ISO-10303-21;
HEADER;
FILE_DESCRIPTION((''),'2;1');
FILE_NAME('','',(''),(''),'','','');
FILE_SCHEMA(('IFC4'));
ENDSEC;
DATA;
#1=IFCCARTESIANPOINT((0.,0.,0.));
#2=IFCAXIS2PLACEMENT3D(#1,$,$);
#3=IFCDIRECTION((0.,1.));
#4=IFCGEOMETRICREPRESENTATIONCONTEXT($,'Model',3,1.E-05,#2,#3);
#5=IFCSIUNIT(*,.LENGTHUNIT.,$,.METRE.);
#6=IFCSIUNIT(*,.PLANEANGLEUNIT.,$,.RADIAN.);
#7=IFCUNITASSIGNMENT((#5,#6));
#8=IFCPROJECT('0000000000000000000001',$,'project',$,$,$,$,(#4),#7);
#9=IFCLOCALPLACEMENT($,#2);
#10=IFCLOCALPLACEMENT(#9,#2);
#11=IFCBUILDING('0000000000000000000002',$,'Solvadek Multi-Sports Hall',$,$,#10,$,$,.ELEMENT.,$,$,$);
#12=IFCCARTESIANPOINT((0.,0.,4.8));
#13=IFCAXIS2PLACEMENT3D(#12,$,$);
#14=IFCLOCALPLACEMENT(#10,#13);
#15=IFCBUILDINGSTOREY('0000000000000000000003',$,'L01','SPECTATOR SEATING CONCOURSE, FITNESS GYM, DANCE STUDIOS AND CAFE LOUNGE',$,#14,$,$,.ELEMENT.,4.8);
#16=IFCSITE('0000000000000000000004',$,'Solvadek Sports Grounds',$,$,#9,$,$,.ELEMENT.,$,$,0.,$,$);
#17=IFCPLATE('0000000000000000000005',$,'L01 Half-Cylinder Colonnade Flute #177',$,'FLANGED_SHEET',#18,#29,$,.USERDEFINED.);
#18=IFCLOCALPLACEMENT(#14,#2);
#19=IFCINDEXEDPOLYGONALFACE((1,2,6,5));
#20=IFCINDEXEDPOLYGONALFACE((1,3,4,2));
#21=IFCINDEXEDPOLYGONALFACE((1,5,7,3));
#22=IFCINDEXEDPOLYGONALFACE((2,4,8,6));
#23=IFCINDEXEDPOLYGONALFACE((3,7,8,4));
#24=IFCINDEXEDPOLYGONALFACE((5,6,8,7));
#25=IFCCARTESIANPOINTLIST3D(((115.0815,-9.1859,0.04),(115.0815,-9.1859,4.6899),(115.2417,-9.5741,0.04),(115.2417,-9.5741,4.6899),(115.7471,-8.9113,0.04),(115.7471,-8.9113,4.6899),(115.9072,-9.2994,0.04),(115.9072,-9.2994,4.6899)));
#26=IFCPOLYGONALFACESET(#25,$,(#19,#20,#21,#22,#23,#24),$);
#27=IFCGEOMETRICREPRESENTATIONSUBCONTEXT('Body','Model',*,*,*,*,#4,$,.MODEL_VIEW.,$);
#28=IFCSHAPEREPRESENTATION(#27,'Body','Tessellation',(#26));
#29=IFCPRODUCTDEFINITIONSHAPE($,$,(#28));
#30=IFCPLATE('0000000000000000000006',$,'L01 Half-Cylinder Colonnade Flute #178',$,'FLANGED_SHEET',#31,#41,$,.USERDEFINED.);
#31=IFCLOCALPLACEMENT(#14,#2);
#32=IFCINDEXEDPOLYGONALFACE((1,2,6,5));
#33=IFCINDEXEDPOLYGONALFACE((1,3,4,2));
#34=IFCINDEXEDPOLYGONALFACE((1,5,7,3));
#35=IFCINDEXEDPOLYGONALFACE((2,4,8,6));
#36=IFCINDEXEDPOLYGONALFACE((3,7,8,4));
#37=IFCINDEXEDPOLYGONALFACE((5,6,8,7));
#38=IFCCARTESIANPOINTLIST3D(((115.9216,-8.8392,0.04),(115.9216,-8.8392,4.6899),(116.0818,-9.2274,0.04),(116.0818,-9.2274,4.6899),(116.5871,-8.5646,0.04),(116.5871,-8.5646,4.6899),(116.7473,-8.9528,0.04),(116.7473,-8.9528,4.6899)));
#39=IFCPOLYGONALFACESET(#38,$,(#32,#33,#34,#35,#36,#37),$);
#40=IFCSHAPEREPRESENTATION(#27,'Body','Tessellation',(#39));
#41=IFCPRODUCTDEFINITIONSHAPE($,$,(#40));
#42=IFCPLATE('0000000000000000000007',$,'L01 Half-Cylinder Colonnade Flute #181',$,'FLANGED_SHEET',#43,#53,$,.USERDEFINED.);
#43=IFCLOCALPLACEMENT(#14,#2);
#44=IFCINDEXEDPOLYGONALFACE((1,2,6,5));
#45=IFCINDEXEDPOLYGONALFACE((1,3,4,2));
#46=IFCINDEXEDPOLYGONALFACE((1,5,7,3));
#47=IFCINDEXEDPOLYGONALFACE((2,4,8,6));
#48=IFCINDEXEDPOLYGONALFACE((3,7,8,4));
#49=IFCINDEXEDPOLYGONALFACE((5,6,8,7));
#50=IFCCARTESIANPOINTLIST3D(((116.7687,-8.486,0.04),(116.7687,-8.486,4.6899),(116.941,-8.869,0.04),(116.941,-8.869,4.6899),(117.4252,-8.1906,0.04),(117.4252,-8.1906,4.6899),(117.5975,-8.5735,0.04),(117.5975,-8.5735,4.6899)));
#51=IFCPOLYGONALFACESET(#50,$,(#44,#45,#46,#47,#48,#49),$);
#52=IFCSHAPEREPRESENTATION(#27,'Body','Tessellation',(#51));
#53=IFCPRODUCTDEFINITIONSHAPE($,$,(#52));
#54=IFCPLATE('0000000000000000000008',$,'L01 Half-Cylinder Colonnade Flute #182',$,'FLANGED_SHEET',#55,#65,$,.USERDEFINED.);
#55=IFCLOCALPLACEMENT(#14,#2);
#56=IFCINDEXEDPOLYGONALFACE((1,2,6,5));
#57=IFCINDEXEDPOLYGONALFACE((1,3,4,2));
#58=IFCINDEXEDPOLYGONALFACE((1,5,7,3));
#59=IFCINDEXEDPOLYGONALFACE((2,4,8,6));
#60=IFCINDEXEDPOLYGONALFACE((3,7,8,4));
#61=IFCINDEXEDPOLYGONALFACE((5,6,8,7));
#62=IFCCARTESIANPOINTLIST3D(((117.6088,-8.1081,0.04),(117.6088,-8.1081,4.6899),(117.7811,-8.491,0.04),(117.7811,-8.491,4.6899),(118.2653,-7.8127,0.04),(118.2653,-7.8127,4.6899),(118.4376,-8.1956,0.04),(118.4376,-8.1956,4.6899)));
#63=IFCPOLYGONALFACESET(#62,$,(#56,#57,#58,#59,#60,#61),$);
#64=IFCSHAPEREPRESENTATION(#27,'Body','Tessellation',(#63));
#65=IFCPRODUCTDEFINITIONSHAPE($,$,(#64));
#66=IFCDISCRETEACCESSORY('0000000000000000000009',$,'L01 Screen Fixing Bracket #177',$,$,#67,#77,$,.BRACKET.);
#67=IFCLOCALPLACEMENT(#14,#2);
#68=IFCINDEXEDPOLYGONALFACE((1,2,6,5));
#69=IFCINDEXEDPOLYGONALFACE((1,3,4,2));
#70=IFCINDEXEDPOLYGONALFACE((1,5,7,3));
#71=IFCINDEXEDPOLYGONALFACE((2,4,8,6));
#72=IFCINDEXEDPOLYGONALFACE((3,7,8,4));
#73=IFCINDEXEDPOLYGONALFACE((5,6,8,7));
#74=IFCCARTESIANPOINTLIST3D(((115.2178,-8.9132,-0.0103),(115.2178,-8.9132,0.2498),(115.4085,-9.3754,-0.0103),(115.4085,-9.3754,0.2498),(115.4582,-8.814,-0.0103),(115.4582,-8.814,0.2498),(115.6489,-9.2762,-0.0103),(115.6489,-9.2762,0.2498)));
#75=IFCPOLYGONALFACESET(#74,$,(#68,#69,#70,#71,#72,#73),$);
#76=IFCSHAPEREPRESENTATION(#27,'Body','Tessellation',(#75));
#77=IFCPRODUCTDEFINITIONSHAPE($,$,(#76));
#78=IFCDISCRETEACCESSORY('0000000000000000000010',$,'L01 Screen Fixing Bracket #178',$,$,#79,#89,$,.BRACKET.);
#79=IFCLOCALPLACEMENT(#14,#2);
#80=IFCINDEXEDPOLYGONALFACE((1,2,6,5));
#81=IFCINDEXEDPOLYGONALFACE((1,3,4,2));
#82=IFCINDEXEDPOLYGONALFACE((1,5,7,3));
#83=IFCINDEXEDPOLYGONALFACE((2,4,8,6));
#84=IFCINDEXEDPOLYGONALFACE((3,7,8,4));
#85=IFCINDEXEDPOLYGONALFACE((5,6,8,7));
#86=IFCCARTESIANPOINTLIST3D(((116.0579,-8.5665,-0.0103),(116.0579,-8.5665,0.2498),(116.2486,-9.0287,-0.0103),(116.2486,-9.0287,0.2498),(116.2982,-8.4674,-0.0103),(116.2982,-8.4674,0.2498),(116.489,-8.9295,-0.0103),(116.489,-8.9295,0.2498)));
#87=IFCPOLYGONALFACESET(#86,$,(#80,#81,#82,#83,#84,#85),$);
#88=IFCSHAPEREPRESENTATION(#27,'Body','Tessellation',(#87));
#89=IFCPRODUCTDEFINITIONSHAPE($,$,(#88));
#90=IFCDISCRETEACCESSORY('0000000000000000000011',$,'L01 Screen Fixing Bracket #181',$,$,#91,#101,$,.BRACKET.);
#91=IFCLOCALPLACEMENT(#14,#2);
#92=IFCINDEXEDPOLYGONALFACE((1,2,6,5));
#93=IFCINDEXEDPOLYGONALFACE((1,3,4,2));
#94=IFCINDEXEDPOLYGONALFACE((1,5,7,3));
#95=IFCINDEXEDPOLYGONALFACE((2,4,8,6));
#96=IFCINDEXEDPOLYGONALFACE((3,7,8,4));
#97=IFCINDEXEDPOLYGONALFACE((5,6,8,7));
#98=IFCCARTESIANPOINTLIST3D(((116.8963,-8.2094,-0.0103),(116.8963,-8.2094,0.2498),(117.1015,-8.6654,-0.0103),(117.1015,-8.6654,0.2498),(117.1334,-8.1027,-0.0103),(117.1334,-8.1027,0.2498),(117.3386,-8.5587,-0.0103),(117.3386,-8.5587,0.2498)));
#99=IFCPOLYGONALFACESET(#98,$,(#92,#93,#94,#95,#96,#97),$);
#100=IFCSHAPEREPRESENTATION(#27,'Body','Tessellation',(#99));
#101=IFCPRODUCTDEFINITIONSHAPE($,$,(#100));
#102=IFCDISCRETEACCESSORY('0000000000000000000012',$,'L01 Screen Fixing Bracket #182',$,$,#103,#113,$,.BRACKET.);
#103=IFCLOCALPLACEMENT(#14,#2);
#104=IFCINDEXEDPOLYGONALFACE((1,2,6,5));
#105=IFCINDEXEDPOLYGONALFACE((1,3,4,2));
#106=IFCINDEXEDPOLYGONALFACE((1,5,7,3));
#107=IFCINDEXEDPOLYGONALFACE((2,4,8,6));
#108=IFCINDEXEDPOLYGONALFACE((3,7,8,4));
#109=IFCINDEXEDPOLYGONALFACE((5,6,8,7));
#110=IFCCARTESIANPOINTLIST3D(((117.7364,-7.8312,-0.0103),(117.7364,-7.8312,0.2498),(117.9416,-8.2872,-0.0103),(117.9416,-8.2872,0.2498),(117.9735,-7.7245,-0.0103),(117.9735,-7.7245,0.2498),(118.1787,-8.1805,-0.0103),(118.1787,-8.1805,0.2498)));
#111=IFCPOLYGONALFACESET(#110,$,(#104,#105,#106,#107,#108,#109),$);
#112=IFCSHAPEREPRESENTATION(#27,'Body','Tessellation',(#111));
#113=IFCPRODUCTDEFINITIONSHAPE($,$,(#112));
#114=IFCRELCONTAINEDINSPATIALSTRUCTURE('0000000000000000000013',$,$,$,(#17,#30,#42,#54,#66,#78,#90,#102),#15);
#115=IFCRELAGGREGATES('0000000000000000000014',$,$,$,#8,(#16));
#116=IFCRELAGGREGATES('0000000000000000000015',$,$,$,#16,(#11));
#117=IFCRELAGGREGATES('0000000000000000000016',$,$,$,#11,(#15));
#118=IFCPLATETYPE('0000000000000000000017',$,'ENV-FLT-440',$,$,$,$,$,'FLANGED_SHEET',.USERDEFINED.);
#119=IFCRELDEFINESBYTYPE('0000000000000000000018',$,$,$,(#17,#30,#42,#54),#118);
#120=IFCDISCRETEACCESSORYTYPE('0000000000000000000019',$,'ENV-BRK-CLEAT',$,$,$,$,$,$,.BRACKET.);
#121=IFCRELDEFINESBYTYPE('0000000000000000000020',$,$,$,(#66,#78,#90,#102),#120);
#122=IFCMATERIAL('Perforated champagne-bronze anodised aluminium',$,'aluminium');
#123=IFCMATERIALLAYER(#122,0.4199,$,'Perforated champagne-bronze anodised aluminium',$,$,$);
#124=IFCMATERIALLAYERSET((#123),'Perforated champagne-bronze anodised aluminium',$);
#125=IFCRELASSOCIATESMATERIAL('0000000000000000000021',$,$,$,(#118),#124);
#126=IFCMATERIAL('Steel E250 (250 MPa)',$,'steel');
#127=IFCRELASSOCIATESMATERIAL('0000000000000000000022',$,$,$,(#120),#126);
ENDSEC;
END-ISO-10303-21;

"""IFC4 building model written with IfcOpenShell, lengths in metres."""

from ifc_helpers import new_model, si_unit, direction, frame, origin, origin_2d, place, context, subcontext, project, spatial, rectangle, extrude, material, layer, layer_set, type_object, element, save


model = new_model("IFC4")

# Units and contexts
model_context = context("Model", 3, precision=1e-05, world=origin(), true_north=direction((0.0, 1.0)))
body_context = subcontext(model_context, "Body", "Model", "MODEL_VIEW")
ifc_project = project(units=[si_unit("LENGTHUNIT", "METRE"), si_unit("PLANEANGLEUNIT", "RADIAN")], contexts=[model_context])

# Site, building, storey
site_placement = place(None, origin())
site = spatial("IfcSite", under=ifc_project, at=site_placement, Name="Solvadek Sports Grounds", CompositionType="ELEMENT", RefElevation=0.0)
building_placement = place(site_placement, origin())
building = spatial("IfcBuilding", under=site, at=building_placement, Name="Solvadek Multi-Sports Hall", CompositionType="ELEMENT")
storey_placement = place(building_placement, frame((0.0, 0.0, 4.8)))
storey = spatial("IfcBuildingStorey", under=building, at=storey_placement, Name="L01", Description="SPECTATOR SEATING CONCOURSE, FITNESS GYM, DANCE STUDIOS AND CAFE LOUNGE", CompositionType="ELEMENT", Elevation=4.8)

# Shared definitions
ifc_material_1 = material(Name="Steel E250 (250 MPa)", Category="steel")

# Plates
ifc_material_2 = material(Name="Perforated champagne-bronze anodised aluminium", Category="aluminium")
ifc_layer_1 = layer(ifc_material_2, 0.4199, Name="Perforated champagne-bronze anodised aluminium")
ifc_layer_set_1 = layer_set([ifc_layer_1], Name="Perforated champagne-bronze anodised aluminium")
plate_type_1 = type_object("IfcPlateType", Name="ENV-FLT-440", ElementType="FLANGED_SHEET", PredefinedType="USERDEFINED", material=ifc_layer_set_1)
for number, where, z_axis, x_axis, name in (
    (1, (115.4944, -9.2427, 0.04), (0.0, 0.0, 1.0), (0.92438, 0.381472, 0.0), "L01 Half-Cylinder Colonnade Flute #177"),
    (2, (116.3345, -8.896, 0.04), (0.0, 0.0, 1.0), (0.92438, 0.381472, 0.0), "L01 Half-Cylinder Colonnade Flute #178"),
    (3, (117.1831, -8.5298, 0.04), (0.0, 0.0, 1.0), (0.911922, 0.410365, 0.0), "L01 Half-Cylinder Colonnade Flute #181"),
    (4, (118.0232, -8.1519, 0.04), (0.0, 0.0, 1.0), (0.911922, 0.410365, 0.0), "L01 Half-Cylinder Colonnade Flute #182"),
):
    element("IfcPlate", number, at=place(storey_placement, frame(where, z_axis=z_axis, x_axis=x_axis)), inside=storey, type_object=plate_type_1, Name=name, ObjectType="FLANGED_SHEET", PredefinedType="USERDEFINED", context=body_context, shape_type="SweptSolid", body=[
        extrude(rectangle(XDim=0.72, YDim=0.4199, at=origin_2d()), origin(), (0.0, 0.0, 1.0), 4.6499),
    ])

# Discrete accessories
discrete_accessory_type = type_object("IfcDiscreteAccessoryType", Name="ENV-BRK-CLEAT", PredefinedType="BRACKET", material=ifc_material_1)
for number, where, z_axis, x_axis, name in (
    (5, (115.4333, -9.0947, -0.0103), (0.0, 0.0, 1.0), (0.92438, 0.381472, 0.0), "L01 Screen Fixing Bracket #177"),
    (6, (116.2734, -8.748, -0.0103), (0.0, 0.0, 1.0), (0.92438, 0.381472, 0.0), "L01 Screen Fixing Bracket #178"),
    (7, (117.1174, -8.384, -0.0103), (0.0, 0.0, 1.0), (0.911922, 0.410365, 0.0), "L01 Screen Fixing Bracket #181"),
    (8, (117.9575, -8.0059, -0.0103), (0.0, 0.0, 1.0), (0.911922, 0.410365, 0.0), "L01 Screen Fixing Bracket #182"),
):
    element("IfcDiscreteAccessory", number, at=place(storey_placement, frame(where, z_axis=z_axis, x_axis=x_axis)), inside=storey, type_object=discrete_accessory_type, Name=name, PredefinedType="BRACKET", context=body_context, shape_type="SweptSolid", body=[
        extrude(rectangle(XDim=0.26, YDim=0.5, at=origin_2d()), origin(), (0.0, 0.0, 1.0), 0.26),
    ])

save(model, "model.ifc")
